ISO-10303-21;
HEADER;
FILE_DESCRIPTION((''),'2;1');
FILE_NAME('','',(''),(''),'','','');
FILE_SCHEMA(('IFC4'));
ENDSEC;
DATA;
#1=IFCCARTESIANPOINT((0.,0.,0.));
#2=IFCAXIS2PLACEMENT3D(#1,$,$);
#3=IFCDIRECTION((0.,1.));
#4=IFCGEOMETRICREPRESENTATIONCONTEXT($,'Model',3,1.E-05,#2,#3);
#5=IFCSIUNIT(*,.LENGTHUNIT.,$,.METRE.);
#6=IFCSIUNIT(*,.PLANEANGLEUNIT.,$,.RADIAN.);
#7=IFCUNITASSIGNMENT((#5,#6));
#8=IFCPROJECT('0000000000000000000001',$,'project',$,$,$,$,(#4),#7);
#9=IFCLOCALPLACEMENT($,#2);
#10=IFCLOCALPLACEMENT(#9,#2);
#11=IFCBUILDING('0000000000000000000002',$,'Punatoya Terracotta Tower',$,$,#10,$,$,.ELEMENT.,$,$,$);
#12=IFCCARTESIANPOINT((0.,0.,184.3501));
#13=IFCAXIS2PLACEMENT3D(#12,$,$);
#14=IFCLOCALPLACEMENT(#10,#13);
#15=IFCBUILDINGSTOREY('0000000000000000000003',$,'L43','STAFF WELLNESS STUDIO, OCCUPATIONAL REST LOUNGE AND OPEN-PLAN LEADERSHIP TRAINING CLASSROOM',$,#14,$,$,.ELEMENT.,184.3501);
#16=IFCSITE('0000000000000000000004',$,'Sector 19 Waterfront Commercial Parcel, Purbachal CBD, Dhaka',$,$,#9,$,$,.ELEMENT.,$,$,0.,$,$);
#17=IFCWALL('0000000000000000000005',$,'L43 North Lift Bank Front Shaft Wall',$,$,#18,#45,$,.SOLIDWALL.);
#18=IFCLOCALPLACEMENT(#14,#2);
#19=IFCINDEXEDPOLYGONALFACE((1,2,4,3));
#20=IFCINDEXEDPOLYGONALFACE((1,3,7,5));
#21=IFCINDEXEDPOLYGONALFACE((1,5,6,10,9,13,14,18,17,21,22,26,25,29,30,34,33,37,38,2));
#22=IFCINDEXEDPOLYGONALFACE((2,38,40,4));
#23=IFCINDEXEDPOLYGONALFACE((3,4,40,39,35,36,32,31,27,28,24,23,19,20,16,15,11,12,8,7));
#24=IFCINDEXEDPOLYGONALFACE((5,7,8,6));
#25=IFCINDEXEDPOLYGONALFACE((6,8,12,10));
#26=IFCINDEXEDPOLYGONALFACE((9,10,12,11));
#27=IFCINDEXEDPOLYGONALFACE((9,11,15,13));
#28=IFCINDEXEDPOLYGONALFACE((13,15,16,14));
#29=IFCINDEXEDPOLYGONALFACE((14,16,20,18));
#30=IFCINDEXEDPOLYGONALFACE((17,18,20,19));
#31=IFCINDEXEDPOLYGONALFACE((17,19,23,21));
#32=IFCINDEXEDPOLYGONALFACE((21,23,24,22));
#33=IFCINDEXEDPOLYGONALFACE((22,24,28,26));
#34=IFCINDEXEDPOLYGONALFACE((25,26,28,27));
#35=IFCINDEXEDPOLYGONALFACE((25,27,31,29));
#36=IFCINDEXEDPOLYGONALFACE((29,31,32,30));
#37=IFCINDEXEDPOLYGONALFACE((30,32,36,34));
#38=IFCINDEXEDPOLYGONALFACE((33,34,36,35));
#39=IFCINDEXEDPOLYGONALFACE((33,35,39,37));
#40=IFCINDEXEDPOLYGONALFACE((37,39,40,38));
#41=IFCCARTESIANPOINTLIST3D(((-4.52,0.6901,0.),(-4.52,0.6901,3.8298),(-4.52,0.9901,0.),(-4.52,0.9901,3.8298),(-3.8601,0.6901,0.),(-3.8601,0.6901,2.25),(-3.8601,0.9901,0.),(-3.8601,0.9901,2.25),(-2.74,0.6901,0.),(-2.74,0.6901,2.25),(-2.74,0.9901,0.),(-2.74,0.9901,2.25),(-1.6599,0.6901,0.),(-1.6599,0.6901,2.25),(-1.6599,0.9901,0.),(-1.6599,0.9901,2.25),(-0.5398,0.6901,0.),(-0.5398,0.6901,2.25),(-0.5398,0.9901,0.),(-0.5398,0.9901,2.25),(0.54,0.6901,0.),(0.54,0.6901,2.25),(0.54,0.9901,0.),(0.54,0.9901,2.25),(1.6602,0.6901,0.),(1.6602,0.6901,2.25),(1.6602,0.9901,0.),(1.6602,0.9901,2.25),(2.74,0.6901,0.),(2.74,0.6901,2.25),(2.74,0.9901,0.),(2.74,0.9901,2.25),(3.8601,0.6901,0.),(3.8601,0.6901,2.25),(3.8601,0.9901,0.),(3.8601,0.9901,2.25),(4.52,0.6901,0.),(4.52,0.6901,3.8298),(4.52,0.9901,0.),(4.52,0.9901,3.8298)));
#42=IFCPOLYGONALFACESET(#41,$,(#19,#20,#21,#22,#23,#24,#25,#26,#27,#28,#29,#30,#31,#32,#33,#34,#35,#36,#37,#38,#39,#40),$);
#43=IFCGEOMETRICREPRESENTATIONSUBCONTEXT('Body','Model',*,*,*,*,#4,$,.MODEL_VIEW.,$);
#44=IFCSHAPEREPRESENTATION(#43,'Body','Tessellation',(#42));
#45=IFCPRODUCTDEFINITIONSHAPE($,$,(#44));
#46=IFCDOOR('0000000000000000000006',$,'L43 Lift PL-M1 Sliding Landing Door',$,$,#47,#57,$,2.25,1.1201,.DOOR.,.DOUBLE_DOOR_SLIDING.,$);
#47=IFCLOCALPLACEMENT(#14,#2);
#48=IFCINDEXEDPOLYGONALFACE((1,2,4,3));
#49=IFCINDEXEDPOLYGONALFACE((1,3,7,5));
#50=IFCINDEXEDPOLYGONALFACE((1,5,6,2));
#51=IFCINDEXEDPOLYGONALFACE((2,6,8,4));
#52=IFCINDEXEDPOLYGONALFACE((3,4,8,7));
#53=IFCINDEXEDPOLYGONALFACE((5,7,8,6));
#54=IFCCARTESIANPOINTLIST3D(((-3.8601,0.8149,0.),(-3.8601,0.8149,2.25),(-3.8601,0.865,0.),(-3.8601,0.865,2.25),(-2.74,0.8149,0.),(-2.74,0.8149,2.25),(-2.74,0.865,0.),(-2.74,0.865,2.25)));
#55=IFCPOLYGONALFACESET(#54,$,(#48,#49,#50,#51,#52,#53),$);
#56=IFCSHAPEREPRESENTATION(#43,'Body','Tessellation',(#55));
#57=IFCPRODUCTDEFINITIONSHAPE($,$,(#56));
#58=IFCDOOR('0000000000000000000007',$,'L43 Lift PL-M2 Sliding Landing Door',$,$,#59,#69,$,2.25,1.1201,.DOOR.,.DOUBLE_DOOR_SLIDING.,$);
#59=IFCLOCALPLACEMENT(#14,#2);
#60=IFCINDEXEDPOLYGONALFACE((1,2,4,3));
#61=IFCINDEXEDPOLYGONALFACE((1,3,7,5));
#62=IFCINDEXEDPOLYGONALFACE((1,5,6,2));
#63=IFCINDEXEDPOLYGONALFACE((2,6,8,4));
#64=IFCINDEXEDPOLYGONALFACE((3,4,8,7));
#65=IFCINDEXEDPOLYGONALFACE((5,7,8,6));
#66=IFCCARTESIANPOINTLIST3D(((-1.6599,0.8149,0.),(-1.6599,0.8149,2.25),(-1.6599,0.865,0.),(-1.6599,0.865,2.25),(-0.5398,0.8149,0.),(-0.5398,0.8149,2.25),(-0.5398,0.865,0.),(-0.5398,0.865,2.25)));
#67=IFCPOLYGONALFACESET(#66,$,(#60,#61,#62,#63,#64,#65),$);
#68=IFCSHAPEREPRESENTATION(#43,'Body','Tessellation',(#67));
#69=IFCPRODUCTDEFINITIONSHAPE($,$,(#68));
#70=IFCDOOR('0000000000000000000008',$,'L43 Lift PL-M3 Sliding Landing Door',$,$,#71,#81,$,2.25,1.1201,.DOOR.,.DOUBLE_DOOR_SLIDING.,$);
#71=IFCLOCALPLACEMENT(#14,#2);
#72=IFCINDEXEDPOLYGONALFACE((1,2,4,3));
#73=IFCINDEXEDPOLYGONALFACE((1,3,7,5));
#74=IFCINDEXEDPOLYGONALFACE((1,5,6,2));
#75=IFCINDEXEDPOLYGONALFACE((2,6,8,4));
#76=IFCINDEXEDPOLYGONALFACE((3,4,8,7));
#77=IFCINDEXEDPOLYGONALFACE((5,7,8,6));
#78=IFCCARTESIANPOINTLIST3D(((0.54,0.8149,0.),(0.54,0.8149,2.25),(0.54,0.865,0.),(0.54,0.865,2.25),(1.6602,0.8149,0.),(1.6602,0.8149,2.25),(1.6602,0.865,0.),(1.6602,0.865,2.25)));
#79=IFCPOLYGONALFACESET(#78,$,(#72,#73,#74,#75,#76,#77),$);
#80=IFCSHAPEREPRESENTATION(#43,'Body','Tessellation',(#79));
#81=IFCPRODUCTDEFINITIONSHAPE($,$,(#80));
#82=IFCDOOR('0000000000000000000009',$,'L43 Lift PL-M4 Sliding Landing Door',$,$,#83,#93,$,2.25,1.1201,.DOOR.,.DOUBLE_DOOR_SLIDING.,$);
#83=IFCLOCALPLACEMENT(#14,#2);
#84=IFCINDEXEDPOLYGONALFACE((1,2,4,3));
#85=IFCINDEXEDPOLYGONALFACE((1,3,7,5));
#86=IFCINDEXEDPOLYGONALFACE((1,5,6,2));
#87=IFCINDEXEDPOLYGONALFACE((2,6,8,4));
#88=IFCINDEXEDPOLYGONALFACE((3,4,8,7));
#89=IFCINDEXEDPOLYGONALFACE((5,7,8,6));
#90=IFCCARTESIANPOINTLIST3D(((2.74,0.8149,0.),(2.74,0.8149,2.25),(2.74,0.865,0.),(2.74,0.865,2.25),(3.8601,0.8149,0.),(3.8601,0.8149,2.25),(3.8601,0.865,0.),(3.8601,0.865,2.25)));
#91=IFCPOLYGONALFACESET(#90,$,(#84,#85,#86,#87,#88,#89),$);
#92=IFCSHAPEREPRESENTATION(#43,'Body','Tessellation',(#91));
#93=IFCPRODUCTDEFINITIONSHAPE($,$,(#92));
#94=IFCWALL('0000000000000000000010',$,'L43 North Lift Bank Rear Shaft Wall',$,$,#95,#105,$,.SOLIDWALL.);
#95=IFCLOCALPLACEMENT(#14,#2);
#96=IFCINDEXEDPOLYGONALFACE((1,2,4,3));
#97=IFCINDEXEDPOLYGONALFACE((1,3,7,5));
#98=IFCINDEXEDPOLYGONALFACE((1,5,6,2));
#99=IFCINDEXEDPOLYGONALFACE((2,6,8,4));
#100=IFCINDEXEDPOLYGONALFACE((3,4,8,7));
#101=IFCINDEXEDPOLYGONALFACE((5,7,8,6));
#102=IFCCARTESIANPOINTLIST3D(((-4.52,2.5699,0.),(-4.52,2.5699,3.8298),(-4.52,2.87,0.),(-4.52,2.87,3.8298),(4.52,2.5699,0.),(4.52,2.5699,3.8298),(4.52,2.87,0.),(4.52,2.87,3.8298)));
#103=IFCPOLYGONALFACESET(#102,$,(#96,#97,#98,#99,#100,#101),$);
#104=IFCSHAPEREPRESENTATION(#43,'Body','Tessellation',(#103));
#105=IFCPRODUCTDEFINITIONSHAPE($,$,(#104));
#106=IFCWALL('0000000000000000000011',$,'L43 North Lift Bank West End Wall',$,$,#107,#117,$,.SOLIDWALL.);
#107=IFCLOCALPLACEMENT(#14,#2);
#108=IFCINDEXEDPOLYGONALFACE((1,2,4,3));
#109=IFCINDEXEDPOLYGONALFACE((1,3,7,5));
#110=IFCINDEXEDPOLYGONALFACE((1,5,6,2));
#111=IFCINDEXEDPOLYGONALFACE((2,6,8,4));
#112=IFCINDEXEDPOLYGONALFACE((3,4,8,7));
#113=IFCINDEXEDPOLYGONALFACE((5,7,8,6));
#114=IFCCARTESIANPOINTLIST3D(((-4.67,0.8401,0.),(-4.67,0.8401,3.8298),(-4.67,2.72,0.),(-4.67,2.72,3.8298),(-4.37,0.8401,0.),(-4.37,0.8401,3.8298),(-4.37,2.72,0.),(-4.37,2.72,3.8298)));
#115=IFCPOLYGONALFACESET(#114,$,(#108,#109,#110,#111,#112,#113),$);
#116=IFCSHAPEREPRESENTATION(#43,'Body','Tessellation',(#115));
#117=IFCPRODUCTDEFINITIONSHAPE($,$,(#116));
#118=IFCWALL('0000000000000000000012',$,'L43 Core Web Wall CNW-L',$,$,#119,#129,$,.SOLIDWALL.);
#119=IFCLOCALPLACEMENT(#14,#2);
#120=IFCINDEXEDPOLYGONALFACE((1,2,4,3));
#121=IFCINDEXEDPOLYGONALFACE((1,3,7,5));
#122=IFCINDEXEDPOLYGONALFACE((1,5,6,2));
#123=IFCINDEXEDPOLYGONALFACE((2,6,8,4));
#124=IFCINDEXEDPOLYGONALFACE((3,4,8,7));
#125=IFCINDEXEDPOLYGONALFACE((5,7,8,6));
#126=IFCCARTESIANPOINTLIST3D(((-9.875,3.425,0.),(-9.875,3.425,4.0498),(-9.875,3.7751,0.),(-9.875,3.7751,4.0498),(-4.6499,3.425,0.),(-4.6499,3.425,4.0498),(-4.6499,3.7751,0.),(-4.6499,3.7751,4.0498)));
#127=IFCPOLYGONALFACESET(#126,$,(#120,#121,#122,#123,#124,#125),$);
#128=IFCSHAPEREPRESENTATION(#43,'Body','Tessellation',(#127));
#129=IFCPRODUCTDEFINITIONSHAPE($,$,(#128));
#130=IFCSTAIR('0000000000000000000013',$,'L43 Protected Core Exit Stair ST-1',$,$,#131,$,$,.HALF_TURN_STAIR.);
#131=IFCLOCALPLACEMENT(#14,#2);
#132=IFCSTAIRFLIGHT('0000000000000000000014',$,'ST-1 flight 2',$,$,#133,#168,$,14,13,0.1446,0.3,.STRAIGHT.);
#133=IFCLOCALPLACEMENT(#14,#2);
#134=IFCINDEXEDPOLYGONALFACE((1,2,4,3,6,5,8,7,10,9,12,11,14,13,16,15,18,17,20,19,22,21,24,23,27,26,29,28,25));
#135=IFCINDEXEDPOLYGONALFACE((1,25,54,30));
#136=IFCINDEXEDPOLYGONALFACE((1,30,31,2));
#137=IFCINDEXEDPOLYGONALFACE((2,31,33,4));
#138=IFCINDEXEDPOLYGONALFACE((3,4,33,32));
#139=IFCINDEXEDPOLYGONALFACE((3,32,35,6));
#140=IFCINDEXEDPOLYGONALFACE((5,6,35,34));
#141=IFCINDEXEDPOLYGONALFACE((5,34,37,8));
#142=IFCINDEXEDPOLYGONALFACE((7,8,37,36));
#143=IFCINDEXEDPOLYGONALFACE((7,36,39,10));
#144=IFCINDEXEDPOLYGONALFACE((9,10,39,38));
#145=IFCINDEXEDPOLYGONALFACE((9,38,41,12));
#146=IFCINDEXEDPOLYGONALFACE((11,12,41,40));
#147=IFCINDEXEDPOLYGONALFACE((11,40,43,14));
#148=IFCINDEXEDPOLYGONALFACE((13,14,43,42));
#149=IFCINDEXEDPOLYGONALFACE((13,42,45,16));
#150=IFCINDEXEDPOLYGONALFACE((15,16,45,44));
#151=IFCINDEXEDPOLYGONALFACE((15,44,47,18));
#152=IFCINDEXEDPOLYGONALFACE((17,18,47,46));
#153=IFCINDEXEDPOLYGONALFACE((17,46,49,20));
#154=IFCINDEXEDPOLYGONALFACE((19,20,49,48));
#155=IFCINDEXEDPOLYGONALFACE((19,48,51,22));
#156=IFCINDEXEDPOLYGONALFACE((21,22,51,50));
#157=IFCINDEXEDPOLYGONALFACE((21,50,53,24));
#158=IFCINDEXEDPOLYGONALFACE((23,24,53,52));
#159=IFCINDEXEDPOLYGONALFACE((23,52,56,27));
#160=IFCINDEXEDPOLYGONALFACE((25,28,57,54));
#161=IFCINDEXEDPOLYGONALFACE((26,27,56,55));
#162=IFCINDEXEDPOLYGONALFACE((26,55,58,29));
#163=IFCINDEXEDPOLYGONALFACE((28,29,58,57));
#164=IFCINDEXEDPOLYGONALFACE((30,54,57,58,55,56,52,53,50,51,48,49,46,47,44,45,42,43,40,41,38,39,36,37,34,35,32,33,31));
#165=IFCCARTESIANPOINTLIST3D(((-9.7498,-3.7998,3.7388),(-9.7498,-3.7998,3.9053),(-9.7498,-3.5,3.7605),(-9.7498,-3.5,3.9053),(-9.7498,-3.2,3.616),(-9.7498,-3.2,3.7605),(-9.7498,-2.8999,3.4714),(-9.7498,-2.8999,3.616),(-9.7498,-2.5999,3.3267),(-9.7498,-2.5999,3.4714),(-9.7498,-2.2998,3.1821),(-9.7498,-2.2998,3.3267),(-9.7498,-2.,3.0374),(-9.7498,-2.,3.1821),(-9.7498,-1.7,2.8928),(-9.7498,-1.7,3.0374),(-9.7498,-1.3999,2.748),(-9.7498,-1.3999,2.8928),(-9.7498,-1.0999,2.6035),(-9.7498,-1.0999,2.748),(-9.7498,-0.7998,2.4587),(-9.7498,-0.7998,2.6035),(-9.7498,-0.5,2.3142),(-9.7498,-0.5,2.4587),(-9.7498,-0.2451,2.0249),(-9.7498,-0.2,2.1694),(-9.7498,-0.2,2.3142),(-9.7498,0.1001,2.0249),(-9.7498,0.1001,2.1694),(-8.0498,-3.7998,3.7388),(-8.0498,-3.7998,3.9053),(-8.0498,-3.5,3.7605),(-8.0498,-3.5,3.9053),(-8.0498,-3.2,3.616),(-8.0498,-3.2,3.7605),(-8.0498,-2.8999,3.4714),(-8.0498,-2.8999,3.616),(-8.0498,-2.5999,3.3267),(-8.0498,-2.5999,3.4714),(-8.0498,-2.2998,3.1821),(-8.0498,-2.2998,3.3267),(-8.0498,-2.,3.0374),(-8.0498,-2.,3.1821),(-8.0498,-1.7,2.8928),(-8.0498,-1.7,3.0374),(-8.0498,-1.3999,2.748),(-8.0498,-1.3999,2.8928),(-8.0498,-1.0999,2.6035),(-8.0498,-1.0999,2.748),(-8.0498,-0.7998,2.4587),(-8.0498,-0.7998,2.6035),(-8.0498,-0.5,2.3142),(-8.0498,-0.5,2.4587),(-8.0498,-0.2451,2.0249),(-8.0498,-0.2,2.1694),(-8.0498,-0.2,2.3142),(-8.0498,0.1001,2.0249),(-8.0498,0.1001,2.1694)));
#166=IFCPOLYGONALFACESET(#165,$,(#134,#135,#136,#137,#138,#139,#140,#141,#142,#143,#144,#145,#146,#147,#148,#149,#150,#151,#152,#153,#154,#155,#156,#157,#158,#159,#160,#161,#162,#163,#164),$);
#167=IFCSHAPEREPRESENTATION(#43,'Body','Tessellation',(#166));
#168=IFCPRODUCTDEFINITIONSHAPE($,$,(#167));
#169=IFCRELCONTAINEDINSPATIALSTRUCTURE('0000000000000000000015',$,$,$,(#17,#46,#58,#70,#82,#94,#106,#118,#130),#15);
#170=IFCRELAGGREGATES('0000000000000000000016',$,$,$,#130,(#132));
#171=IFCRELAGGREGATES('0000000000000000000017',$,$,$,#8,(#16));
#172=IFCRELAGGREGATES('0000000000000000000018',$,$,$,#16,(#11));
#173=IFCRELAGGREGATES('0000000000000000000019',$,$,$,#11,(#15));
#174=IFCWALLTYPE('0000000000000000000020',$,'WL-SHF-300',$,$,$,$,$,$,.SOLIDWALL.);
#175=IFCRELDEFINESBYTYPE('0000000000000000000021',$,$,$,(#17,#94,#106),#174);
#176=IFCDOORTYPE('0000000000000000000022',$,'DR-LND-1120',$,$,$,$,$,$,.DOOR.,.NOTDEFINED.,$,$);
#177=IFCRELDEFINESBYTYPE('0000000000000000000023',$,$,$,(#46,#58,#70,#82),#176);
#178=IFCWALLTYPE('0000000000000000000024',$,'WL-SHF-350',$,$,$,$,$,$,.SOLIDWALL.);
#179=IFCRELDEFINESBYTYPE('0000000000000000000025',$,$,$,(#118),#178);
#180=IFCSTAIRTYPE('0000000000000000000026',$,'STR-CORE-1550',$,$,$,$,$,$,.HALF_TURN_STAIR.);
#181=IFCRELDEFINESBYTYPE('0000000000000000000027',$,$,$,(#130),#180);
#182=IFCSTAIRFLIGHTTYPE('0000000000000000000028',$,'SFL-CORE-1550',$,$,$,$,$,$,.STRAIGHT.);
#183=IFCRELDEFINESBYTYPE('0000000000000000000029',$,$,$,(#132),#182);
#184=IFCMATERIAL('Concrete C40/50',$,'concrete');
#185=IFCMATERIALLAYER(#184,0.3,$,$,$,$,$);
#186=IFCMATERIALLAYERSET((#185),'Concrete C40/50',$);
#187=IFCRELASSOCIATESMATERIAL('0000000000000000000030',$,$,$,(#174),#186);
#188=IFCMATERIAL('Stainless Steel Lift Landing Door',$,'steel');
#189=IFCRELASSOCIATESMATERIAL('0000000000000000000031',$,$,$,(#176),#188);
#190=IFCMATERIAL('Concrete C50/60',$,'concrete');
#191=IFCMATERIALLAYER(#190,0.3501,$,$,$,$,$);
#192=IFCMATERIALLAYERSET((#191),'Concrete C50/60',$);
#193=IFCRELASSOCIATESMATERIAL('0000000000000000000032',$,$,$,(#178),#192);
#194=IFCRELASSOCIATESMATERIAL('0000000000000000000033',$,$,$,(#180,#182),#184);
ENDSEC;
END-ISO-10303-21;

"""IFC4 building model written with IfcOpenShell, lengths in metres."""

from ifc_helpers import new_model, si_unit, direction, frame, frame_2d, origin, place, context, subcontext, project, spatial, polyline, rectangle, outline, extrude, material, layer, layer_set, type_object, element, fill, aggregate, save


model = new_model("IFC4")

# Units and contexts
model_context = context("Model", 3, precision=1e-05, world=origin(), true_north=direction((0.0, 1.0)))
body_context = subcontext(model_context, "Body", "Model", "MODEL_VIEW")
ifc_project = project(units=[si_unit("LENGTHUNIT", "METRE"), si_unit("PLANEANGLEUNIT", "RADIAN")], contexts=[model_context])

# Site, building, storey
site_placement = place(None, origin())
site = spatial("IfcSite", under=ifc_project, at=site_placement, Name="Sector 19 Waterfront Commercial Parcel, Purbachal CBD, Dhaka", CompositionType="ELEMENT", RefElevation=0.0)
building_placement = place(site_placement, origin())
building = spatial("IfcBuilding", under=site, at=building_placement, Name="Punatoya Terracotta Tower", CompositionType="ELEMENT")
storey_placement = place(building_placement, frame((0.0, 0.0, 184.3501)))
storey = spatial("IfcBuildingStorey", under=building, at=storey_placement, Name="L43", Description="STAFF WELLNESS STUDIO, OCCUPATIONAL REST LOUNGE AND OPEN-PLAN LEADERSHIP TRAINING CLASSROOM", CompositionType="ELEMENT", Elevation=184.3501)

# Wall, openings, doors
ifc_material_1 = material(Name="Concrete C40/50", Category="concrete")
ifc_layer_1 = layer(ifc_material_1, 0.3)
ifc_layer_set_1 = layer_set([ifc_layer_1], Name="Concrete C40/50")
wall_type_1 = type_object("IfcWallType", Name="WL-SHF-300", PredefinedType="SOLIDWALL", material=ifc_layer_set_1)
wall_1_placement = place(storey_placement, frame((-4.52, 0.8401, 0.0), z_axis=(0.0, 0.0, 1.0), x_axis=(1.0, 0.0, 0.0)))
wall_1 = element("IfcWall", 1, at=wall_1_placement, inside=storey, type_object=wall_type_1, Name="L43 North Lift Bank Front Shaft Wall", PredefinedType="SOLIDWALL", context=body_context, shape_type="SweptSolid", body=[
    extrude(rectangle(XDim=9.04, YDim=0.3, at=frame_2d((4.52, 0.0))), origin(), (0.0, 0.0, 1.0), 3.8298),
])
opening_1_placement = place(wall_1_placement, frame((0.6599, 0.0, 0.0)))
opening_1 = element("IfcOpeningElement", 2, at=opening_1_placement, cuts=wall_1, PredefinedType="OPENING", context=body_context, shape_type="SweptSolid", body=[
    extrude(rectangle(XDim=1.1201, YDim=2.25, at=frame_2d((0.5601, 1.125))), frame((0.0, 0.1599, 0.0), z_axis=(0.0, -1.0, 0.0), x_axis=(1.0, 0.0, 0.0)), (0.0, 0.0, 1.0), 0.3201),
])
opening_2_placement = place(wall_1_placement, frame((2.8601, 0.0, 0.0)))
opening_2 = element("IfcOpeningElement", 3, at=opening_2_placement, cuts=wall_1, PredefinedType="OPENING", context=body_context, shape_type="SweptSolid", body=[
    extrude(rectangle(XDim=1.1201, YDim=2.25, at=frame_2d((0.5601, 1.125))), frame((0.0, 0.1599, 0.0), z_axis=(0.0, -1.0, 0.0), x_axis=(1.0, 0.0, 0.0)), (0.0, 0.0, 1.0), 0.3201),
])
opening_3_placement = place(wall_1_placement, frame((5.0601, 0.0, 0.0)))
opening_3 = element("IfcOpeningElement", 4, at=opening_3_placement, cuts=wall_1, PredefinedType="OPENING", context=body_context, shape_type="SweptSolid", body=[
    extrude(rectangle(XDim=1.1201, YDim=2.25, at=frame_2d((0.5601, 1.125))), frame((0.0, 0.1599, 0.0), z_axis=(0.0, -1.0, 0.0), x_axis=(1.0, 0.0, 0.0)), (0.0, 0.0, 1.0), 0.3201),
])
opening_4_placement = place(wall_1_placement, frame((7.26, 0.0, 0.0)))
opening_4 = element("IfcOpeningElement", 5, at=opening_4_placement, cuts=wall_1, PredefinedType="OPENING", context=body_context, shape_type="SweptSolid", body=[
    extrude(rectangle(XDim=1.1201, YDim=2.25, at=frame_2d((0.5601, 1.125))), frame((0.0, 0.1599, 0.0), z_axis=(0.0, -1.0, 0.0), x_axis=(1.0, 0.0, 0.0)), (0.0, 0.0, 1.0), 0.3201),
])
ifc_material_2 = material(Name="Stainless Steel Lift Landing Door", Category="steel")
door_type_1 = type_object("IfcDoorType", Name="DR-LND-1120", OperationType="NOTDEFINED", PredefinedType="DOOR", material=ifc_material_2)
door_1_placement = place(opening_1_placement, origin())
door_1 = element("IfcDoor", 6, at=door_1_placement, inside=storey, type_object=door_type_1, Name="L43 Lift PL-M1 Sliding Landing Door", OperationType="DOUBLE_DOOR_SLIDING", OverallHeight=2.25, OverallWidth=1.1201, PredefinedType="DOOR", context=body_context, shape_type="SweptSolid", body=[
    extrude(rectangle(XDim=1.1201, YDim=2.25, at=frame_2d((0.5601, 1.125))), frame((0.0, 0.0249, 0.0), z_axis=(0.0, -1.0, 0.0), x_axis=(1.0, 0.0, 0.0)), (0.0, 0.0, 1.0), 0.05),
])
fill(opening_1, door_1)
door_2_placement = place(opening_2_placement, origin())
door_2 = element("IfcDoor", 7, at=door_2_placement, inside=storey, type_object=door_type_1, Name="L43 Lift PL-M2 Sliding Landing Door", OperationType="DOUBLE_DOOR_SLIDING", OverallHeight=2.25, OverallWidth=1.1201, PredefinedType="DOOR", context=body_context, shape_type="SweptSolid", body=[
    extrude(rectangle(XDim=1.1201, YDim=2.25, at=frame_2d((0.5601, 1.125))), frame((0.0, 0.0249, 0.0), z_axis=(0.0, -1.0, 0.0), x_axis=(1.0, 0.0, 0.0)), (0.0, 0.0, 1.0), 0.05),
])
fill(opening_2, door_2)
door_3_placement = place(opening_3_placement, origin())
door_3 = element("IfcDoor", 8, at=door_3_placement, inside=storey, type_object=door_type_1, Name="L43 Lift PL-M3 Sliding Landing Door", OperationType="DOUBLE_DOOR_SLIDING", OverallHeight=2.25, OverallWidth=1.1201, PredefinedType="DOOR", context=body_context, shape_type="SweptSolid", body=[
    extrude(rectangle(XDim=1.1201, YDim=2.25, at=frame_2d((0.5601, 1.125))), frame((0.0, 0.0249, 0.0), z_axis=(0.0, -1.0, 0.0), x_axis=(1.0, 0.0, 0.0)), (0.0, 0.0, 1.0), 0.05),
])
fill(opening_3, door_3)
door_4_placement = place(opening_4_placement, origin())
door_4 = element("IfcDoor", 9, at=door_4_placement, inside=storey, type_object=door_type_1, Name="L43 Lift PL-M4 Sliding Landing Door", OperationType="DOUBLE_DOOR_SLIDING", OverallHeight=2.25, OverallWidth=1.1201, PredefinedType="DOOR", context=body_context, shape_type="SweptSolid", body=[
    extrude(rectangle(XDim=1.1201, YDim=2.25, at=frame_2d((0.5601, 1.125))), frame((0.0, 0.0249, 0.0), z_axis=(0.0, -1.0, 0.0), x_axis=(1.0, 0.0, 0.0)), (0.0, 0.0, 1.0), 0.05),
])
fill(opening_4, door_4)

# Walls
wall_2_placement = place(storey_placement, frame((-4.52, 2.72, 0.0), z_axis=(0.0, 0.0, 1.0), x_axis=(1.0, 0.0, 0.0)))
element("IfcWall", 10, at=wall_2_placement, inside=storey, type_object=wall_type_1, Name="L43 North Lift Bank Rear Shaft Wall", PredefinedType="SOLIDWALL", context=body_context, shape_type="SweptSolid", body=[
    extrude(rectangle(XDim=9.04, YDim=0.3, at=frame_2d((4.52, 0.0))), origin(), (0.0, 0.0, 1.0), 3.8298),
])
wall_3_placement = place(storey_placement, frame((-4.52, 0.8401, 0.0), z_axis=(0.0, 0.0, 1.0), x_axis=(0.0, 1.0, 0.0)))
element("IfcWall", 11, at=wall_3_placement, inside=storey, type_object=wall_type_1, Name="L43 North Lift Bank West End Wall", PredefinedType="SOLIDWALL", context=body_context, shape_type="SweptSolid", body=[
    extrude(rectangle(XDim=1.8799, YDim=0.3, at=frame_2d((0.9399, 0.0))), origin(), (0.0, 0.0, 1.0), 3.8298),
])
ifc_material_3 = material(Name="Concrete C50/60", Category="concrete")
ifc_layer_2 = layer(ifc_material_3, 0.3501)
ifc_layer_set_2 = layer_set([ifc_layer_2], Name="Concrete C50/60")
wall_type_2 = type_object("IfcWallType", Name="WL-SHF-350", PredefinedType="SOLIDWALL", material=ifc_layer_set_2)
wall_4_placement = place(storey_placement, frame((-9.875, 3.6001, 0.0), z_axis=(0.0, 0.0, 1.0), x_axis=(1.0, 0.0, 0.0)))
element("IfcWall", 12, at=wall_4_placement, inside=storey, type_object=wall_type_2, Name="L43 Core Web Wall CNW-L", PredefinedType="SOLIDWALL", context=body_context, shape_type="SweptSolid", body=[
    extrude(rectangle(XDim=5.2251, YDim=0.3501, at=frame_2d((2.6125, 0.0))), origin(), (0.0, 0.0, 1.0), 4.0498),
])

# Stair, stair flight
stair_type = type_object("IfcStairType", Name="STR-CORE-1550", PredefinedType="HALF_TURN_STAIR", material=ifc_material_1)
stair_placement = place(storey_placement, origin())
stair = element("IfcStair", 13, at=stair_placement, inside=storey, type_object=stair_type, Name="L43 Protected Core Exit Stair ST-1", PredefinedType="HALF_TURN_STAIR")
stair_flight_type = type_object("IfcStairFlightType", Name="SFL-CORE-1550", PredefinedType="STRAIGHT", material=ifc_material_1)
stair_flight_placement = place(storey_placement, frame((-8.8999, 0.1001, 2.0249), z_axis=(0.0, 0.0, 1.0), x_axis=(0.0, -1.0, 0.0)))
stair_flight = element("IfcStairFlight", 14, at=stair_flight_placement, type_object=stair_flight_type, Name="ST-1 flight 2", NumberOfRisers=14, NumberOfTreads=13, PredefinedType="STRAIGHT", RiserHeight=0.1446, TreadLength=0.3, context=body_context, shape_type="SweptSolid", body=[
    extrude(outline(polyline([(0.0, 0.0), (0.0, 0.1445), (0.3, 0.1445), (0.3, 0.2893), (0.6001, 0.2893), (0.6001, 0.4338), (0.8999, 0.4338), (0.8999, 0.5786), (1.2, 0.5786), (1.2, 0.7231), (1.5, 0.7231), (1.5, 0.8679), (1.8, 0.8679), (1.8, 1.0125), (2.1001, 1.0125), (2.1001, 1.1572), (2.3999, 1.1572), (2.3999, 1.3018), (2.7, 1.3018), (2.7, 1.4465), (3.0, 1.4465), (3.0, 1.5911), (3.3, 1.5911), (3.3, 1.7356), (3.6001, 1.7356), (3.6001, 1.8804), (3.8999, 1.8804), (3.8999, 2.0249), (3.8999, 1.7139), (0.3452, 0.0), (0.0, 0.0)])), frame((0.0, 0.8501, 0.0), z_axis=(0.0, -1.0, 0.0), x_axis=(1.0, 0.0, 0.0)), (0.0, 0.0, 1.0), 1.7),
])
aggregate(stair, [stair_flight])

save(model, "model.ifc")
